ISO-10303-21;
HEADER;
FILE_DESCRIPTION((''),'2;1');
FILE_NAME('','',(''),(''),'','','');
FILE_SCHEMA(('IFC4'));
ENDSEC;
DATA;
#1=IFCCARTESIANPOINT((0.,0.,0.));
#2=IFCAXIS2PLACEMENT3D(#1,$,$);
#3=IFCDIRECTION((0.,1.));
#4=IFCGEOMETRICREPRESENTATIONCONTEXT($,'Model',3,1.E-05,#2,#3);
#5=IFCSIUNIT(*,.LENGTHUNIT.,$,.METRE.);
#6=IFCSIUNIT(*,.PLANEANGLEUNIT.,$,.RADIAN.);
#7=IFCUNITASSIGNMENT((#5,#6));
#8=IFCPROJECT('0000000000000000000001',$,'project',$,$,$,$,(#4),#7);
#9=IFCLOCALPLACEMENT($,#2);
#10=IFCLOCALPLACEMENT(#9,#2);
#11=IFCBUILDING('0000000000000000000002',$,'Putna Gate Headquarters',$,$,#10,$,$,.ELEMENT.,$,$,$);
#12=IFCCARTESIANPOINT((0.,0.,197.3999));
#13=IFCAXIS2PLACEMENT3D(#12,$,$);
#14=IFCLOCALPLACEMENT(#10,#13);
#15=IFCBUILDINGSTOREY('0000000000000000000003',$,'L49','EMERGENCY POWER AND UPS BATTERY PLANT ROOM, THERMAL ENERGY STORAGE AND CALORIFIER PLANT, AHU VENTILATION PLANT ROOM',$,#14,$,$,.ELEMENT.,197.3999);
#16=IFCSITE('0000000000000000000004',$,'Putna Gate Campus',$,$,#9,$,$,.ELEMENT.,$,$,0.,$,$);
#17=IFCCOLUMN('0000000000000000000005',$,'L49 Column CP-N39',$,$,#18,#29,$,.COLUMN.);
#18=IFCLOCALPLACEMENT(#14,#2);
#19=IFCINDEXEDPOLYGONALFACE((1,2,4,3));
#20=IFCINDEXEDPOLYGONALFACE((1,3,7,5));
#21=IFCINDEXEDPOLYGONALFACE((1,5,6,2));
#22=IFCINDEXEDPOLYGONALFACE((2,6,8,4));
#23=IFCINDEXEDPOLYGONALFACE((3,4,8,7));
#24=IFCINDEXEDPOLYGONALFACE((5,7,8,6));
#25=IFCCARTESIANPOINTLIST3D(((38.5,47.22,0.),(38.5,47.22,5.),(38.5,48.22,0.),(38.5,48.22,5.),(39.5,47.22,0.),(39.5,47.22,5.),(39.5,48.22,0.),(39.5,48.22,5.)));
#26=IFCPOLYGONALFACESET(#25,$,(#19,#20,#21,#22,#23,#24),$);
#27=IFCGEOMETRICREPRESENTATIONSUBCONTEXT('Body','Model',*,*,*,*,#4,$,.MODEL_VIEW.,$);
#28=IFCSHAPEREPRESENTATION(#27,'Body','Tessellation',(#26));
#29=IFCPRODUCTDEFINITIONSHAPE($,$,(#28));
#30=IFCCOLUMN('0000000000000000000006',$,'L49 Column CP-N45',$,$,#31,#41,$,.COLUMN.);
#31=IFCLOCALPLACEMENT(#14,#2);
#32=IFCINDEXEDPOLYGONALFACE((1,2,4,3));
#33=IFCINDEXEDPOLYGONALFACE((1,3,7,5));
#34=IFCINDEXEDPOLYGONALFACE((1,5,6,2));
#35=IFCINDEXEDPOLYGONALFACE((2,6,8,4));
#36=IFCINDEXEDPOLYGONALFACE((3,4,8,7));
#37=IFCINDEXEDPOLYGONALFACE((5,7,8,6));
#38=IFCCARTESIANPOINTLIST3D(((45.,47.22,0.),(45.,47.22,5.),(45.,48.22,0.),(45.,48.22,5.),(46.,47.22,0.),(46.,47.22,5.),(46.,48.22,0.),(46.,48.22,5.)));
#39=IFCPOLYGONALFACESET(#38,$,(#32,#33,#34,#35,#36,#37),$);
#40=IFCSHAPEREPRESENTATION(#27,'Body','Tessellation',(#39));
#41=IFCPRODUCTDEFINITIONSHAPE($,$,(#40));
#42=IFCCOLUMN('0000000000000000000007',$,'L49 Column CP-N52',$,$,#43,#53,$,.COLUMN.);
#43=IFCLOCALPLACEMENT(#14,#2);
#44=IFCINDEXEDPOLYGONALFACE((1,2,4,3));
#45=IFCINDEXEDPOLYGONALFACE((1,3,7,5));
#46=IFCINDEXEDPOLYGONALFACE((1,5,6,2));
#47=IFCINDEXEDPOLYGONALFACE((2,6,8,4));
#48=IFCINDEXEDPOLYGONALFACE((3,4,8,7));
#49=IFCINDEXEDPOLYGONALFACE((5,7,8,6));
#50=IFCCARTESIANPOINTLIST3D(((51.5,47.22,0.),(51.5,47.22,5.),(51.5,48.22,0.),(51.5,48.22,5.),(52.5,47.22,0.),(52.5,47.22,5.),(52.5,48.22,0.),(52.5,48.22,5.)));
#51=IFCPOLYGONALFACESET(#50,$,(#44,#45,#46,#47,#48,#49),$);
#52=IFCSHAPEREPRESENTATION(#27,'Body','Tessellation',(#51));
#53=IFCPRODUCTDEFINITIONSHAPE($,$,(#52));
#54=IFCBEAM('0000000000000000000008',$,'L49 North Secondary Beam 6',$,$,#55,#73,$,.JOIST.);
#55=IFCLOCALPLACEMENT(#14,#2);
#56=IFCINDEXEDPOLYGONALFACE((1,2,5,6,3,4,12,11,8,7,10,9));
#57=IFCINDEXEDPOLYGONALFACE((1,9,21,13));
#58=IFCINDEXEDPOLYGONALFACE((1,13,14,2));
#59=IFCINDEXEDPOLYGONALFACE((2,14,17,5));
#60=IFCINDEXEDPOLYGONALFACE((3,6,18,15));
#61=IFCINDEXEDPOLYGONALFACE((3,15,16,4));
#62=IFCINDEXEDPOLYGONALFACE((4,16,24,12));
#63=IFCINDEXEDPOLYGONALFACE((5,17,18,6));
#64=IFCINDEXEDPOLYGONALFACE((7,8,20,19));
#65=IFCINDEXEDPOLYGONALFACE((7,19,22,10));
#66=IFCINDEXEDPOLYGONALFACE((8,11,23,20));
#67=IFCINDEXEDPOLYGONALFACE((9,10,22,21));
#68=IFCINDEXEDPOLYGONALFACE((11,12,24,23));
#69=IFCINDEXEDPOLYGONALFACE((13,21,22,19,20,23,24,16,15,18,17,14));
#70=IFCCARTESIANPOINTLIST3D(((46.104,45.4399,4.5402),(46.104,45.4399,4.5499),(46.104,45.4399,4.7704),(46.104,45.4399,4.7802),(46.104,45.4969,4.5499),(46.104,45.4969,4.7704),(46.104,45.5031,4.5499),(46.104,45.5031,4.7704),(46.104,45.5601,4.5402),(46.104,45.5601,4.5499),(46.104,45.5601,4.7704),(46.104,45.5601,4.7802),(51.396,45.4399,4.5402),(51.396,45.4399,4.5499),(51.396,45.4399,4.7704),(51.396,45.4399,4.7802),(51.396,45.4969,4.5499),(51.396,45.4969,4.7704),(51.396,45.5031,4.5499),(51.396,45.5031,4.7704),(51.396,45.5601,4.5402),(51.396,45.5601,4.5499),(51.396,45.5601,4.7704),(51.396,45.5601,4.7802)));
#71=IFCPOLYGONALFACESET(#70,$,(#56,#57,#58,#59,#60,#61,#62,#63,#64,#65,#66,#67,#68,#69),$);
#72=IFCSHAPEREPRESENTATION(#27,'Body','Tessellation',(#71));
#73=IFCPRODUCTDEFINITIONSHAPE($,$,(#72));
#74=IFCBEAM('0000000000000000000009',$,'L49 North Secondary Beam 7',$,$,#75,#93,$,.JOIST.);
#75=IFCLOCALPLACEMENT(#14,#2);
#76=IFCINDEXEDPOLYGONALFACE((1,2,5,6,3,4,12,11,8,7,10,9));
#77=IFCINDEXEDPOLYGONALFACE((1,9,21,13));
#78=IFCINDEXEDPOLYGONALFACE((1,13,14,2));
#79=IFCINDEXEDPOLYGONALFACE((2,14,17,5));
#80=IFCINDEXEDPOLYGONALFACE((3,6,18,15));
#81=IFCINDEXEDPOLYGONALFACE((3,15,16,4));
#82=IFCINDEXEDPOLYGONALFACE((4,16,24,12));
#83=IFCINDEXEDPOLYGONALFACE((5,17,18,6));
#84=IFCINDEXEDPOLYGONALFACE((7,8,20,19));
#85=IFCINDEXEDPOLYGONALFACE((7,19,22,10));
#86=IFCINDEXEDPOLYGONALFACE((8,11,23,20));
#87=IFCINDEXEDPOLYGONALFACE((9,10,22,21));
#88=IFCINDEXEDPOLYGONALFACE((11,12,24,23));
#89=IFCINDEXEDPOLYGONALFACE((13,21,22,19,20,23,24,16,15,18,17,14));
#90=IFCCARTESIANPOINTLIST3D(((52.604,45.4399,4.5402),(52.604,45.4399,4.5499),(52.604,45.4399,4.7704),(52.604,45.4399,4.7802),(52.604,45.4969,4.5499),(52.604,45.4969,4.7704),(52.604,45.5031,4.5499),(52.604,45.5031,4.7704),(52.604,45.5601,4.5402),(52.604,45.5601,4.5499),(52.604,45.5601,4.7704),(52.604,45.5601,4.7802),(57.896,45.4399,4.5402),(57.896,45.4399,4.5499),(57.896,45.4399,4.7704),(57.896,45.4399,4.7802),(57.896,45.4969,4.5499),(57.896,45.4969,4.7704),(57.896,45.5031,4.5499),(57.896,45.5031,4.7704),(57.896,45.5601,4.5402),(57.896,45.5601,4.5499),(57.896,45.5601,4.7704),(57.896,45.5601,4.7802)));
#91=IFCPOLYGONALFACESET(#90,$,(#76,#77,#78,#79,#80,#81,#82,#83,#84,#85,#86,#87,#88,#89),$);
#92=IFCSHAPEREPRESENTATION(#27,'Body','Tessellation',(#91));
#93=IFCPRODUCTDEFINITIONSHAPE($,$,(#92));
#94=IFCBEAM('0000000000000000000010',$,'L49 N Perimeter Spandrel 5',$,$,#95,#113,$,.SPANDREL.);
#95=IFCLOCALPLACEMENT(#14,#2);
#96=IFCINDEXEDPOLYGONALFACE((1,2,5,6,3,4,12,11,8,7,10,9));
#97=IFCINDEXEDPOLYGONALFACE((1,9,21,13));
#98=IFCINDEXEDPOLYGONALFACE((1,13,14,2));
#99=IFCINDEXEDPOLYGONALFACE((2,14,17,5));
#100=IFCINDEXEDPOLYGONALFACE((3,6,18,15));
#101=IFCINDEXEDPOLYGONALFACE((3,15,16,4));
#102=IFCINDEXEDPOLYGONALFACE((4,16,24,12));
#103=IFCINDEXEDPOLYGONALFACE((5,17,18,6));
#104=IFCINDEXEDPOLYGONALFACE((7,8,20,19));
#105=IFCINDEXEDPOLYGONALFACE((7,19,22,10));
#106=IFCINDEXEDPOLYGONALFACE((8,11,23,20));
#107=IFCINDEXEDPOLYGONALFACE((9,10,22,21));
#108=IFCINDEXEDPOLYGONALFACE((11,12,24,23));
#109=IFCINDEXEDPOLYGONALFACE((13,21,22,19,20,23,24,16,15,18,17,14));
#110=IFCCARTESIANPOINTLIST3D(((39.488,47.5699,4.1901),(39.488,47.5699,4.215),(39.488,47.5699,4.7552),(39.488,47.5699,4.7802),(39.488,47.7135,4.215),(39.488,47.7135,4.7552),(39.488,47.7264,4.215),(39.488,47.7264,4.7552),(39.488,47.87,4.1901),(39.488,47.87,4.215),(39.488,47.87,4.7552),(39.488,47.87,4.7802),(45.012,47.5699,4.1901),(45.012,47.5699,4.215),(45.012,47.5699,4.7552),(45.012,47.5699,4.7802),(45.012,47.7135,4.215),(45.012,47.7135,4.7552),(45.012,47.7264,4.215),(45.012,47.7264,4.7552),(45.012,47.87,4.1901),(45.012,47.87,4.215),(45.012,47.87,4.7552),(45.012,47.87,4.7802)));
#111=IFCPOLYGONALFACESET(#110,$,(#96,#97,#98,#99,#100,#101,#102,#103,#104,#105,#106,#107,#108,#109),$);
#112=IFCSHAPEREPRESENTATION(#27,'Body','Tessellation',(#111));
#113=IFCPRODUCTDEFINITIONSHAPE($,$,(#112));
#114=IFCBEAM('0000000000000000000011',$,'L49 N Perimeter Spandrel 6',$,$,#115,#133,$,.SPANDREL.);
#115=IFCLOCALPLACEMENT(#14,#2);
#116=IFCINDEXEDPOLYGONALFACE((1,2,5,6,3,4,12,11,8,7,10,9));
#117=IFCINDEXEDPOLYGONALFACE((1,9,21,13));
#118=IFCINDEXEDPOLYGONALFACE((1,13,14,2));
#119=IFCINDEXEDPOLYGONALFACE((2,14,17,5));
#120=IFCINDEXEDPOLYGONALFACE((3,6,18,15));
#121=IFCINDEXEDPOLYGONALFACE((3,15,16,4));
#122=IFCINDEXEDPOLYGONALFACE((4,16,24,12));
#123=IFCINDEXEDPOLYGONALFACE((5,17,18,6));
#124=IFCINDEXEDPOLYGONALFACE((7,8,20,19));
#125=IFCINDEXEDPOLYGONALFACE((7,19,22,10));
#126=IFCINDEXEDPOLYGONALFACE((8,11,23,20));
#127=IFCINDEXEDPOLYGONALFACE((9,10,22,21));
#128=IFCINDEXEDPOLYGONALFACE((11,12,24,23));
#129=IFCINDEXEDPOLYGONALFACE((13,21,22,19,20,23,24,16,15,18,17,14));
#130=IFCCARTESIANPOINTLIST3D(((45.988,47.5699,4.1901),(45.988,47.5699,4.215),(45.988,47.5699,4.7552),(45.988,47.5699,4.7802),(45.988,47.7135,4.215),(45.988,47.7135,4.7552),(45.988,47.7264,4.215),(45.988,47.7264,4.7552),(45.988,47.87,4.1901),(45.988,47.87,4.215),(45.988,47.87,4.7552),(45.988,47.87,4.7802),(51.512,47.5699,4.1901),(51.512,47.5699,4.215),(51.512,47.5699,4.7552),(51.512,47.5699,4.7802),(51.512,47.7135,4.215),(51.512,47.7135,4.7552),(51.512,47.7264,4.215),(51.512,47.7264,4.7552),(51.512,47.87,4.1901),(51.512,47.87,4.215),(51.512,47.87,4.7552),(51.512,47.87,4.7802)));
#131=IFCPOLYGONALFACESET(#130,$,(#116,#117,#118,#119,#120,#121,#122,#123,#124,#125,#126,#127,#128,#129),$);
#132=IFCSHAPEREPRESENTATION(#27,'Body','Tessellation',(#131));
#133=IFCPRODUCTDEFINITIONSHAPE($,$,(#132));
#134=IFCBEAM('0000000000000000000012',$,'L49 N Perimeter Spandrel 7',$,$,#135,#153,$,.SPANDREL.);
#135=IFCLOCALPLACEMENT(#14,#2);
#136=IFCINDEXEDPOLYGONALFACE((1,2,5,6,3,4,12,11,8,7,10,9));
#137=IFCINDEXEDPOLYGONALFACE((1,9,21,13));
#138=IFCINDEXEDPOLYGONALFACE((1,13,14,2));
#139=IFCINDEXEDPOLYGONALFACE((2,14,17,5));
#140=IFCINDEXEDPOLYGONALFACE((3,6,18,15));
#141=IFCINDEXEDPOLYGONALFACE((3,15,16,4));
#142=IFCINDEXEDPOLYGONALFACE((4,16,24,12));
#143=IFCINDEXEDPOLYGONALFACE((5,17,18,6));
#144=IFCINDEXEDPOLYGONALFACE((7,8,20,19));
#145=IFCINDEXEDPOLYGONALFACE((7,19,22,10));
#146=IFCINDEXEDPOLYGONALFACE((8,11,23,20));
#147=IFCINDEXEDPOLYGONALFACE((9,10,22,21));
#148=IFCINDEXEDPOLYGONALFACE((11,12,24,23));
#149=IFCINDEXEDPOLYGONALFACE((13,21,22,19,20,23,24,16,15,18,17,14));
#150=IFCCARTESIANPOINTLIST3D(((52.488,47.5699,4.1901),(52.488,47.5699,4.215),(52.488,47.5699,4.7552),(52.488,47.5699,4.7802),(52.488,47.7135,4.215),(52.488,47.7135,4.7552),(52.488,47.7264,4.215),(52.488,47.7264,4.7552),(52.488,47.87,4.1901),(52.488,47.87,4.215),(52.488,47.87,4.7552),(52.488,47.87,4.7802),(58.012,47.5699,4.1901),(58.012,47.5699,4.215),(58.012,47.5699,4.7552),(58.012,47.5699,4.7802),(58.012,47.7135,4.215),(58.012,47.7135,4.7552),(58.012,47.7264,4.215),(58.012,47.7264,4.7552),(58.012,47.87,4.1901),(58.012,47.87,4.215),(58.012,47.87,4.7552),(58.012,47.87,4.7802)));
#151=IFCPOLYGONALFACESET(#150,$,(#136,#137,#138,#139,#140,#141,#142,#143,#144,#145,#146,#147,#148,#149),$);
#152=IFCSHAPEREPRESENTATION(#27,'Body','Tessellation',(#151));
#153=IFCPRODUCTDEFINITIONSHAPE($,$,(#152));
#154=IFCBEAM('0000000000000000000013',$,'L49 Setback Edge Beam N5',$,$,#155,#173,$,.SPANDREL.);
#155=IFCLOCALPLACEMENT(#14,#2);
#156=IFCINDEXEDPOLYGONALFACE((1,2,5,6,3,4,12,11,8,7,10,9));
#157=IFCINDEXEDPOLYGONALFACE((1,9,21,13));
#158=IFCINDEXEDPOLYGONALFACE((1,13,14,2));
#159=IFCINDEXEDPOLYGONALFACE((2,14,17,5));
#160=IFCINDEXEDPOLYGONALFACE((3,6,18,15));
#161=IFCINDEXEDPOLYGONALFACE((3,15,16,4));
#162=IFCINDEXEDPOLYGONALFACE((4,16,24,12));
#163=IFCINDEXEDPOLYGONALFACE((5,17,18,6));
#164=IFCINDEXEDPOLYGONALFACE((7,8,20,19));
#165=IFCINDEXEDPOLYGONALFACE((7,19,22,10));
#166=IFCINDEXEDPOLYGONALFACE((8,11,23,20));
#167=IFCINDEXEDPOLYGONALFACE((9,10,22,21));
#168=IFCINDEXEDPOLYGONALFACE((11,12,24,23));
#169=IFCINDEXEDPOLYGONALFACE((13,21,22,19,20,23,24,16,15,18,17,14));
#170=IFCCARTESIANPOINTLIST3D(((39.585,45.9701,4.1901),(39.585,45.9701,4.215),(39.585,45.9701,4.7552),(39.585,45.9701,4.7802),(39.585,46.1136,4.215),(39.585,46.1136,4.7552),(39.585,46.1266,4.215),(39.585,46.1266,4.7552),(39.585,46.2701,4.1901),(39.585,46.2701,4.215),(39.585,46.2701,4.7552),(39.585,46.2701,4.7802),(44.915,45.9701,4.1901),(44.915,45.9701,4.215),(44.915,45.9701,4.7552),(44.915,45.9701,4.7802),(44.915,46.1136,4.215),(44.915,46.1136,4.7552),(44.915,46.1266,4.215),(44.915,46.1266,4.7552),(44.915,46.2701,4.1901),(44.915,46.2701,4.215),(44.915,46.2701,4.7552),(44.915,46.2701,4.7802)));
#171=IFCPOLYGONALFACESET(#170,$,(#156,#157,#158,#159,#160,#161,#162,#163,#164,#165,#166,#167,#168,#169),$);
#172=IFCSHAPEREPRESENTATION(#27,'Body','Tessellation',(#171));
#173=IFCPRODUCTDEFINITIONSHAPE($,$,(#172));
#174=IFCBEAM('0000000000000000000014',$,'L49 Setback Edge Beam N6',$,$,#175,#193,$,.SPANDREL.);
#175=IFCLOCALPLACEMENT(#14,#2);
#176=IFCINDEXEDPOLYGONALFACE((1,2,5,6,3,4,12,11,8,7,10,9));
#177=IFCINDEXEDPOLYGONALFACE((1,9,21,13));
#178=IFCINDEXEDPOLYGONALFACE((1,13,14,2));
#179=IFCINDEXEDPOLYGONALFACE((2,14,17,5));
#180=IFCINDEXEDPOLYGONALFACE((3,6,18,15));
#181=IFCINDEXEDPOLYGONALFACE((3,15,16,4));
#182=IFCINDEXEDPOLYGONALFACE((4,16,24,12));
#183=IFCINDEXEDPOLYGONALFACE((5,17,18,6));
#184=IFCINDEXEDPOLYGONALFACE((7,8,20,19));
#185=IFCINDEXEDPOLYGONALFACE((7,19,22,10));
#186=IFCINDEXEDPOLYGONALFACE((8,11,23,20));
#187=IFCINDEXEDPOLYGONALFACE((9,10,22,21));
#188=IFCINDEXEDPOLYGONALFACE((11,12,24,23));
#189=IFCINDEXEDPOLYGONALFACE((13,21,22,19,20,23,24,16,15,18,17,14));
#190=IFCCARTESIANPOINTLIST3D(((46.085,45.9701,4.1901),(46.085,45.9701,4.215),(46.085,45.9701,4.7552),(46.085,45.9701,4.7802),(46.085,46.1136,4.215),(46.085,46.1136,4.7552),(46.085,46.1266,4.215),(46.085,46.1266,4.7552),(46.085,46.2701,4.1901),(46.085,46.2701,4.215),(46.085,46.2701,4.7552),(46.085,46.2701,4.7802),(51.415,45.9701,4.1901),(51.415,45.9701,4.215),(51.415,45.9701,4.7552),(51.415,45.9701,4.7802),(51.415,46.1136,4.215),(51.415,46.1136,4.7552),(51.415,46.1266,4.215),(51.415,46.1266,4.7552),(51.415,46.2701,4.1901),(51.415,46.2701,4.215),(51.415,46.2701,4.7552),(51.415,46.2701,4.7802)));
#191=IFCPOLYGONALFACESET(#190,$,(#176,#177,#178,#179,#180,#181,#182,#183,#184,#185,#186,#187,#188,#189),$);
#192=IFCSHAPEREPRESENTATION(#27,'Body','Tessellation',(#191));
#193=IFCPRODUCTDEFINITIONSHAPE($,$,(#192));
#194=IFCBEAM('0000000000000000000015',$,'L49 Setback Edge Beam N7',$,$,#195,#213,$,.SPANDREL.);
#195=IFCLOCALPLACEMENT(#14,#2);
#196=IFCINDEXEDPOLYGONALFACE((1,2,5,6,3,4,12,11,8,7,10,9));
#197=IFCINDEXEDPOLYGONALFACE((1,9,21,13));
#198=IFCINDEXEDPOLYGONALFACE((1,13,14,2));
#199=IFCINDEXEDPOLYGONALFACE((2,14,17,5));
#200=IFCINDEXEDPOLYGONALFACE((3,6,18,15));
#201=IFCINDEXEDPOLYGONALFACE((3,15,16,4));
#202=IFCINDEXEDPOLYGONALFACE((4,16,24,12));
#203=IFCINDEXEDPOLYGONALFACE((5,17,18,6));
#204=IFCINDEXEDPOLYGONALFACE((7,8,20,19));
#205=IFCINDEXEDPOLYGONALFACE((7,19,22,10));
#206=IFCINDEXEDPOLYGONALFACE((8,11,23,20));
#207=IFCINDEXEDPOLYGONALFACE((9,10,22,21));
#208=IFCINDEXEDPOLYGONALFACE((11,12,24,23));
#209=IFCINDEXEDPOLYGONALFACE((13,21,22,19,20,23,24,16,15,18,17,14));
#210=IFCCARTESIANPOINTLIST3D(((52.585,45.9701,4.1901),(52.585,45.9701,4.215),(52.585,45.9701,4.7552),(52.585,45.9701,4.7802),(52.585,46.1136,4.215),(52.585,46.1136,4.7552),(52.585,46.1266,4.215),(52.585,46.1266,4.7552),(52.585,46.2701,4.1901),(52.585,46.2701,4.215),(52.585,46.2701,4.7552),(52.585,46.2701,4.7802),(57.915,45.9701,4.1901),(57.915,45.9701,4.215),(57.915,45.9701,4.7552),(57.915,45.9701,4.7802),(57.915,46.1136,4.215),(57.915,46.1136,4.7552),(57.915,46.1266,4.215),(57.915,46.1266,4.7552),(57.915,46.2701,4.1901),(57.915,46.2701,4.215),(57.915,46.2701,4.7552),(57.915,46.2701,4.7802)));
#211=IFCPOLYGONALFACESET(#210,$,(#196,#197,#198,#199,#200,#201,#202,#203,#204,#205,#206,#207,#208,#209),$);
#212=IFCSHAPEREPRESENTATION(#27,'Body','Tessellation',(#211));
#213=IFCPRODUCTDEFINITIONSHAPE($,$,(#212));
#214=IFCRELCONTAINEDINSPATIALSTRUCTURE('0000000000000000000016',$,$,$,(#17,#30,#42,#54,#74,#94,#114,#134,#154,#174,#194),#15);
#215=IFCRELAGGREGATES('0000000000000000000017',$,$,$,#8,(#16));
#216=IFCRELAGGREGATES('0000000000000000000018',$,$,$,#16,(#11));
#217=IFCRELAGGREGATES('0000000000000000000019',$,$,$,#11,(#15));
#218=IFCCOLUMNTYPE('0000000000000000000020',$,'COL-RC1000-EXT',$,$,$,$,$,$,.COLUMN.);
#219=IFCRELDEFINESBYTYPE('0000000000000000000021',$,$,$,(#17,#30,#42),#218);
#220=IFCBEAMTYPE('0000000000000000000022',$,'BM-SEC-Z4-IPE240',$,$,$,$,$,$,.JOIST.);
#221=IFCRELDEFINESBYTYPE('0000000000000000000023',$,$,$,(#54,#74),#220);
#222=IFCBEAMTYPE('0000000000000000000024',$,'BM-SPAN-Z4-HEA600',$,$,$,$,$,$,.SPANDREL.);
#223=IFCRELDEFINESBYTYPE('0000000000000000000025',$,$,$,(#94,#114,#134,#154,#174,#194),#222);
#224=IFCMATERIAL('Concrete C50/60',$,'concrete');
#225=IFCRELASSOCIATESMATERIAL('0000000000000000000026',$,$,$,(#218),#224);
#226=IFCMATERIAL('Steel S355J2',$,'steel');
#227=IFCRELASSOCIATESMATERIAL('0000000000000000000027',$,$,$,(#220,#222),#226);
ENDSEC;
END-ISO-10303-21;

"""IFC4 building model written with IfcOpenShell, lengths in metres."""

from ifc_helpers import new_model, si_unit, direction, frame, origin, origin_2d, place, context, subcontext, project, spatial, rectangle, i_section, extrude, material, material_profile, profile_set, type_object, element, save


model = new_model("IFC4")

# Units and contexts
model_context = context("Model", 3, precision=1e-05, world=origin(), true_north=direction((0.0, 1.0)))
body_context = subcontext(model_context, "Body", "Model", "MODEL_VIEW")
ifc_project = project(units=[si_unit("LENGTHUNIT", "METRE"), si_unit("PLANEANGLEUNIT", "RADIAN")], contexts=[model_context])

# Site, building, storey
site_placement = place(None, origin())
site = spatial("IfcSite", under=ifc_project, at=site_placement, Name="Putna Gate Campus", CompositionType="ELEMENT", RefElevation=0.0)
building_placement = place(site_placement, origin())
building = spatial("IfcBuilding", under=site, at=building_placement, Name="Putna Gate Headquarters", CompositionType="ELEMENT")
storey_placement = place(building_placement, frame((0.0, 0.0, 197.3999)))
storey = spatial("IfcBuildingStorey", under=building, at=storey_placement, Name="L49", Description="EMERGENCY POWER AND UPS BATTERY PLANT ROOM, THERMAL ENERGY STORAGE AND CALORIFIER PLANT, AHU VENTILATION PLANT ROOM", CompositionType="ELEMENT", Elevation=197.3999)

# Columns
ifc_material_1 = material(Name="Concrete C50/60", Category="concrete")
ifc_material_profile_1 = material_profile(ifc_material_1, rectangle(XDim=1.0, YDim=1.0, at=origin_2d()), Name="Concrete C50/60")
ifc_profile_set_1 = profile_set([ifc_material_profile_1], Name="Concrete C50/60")
column_type = type_object("IfcColumnType", Name="COL-RC1000-EXT", PredefinedType="COLUMN", material=ifc_profile_set_1)
for number, where, z_axis, x_axis, name in (
    (1, (39.0, 47.72, 0.0), (0.0, 0.0, 1.0), (1.0, 0.0, 0.0), "L49 Column CP-N39"),
    (2, (45.5, 47.72, 0.0), (0.0, 0.0, 1.0), (1.0, 0.0, 0.0), "L49 Column CP-N45"),
    (3, (52.0, 47.72, 0.0), (0.0, 0.0, 1.0), (1.0, 0.0, 0.0), "L49 Column CP-N52"),
):
    element("IfcColumn", number, at=place(storey_placement, frame(where, z_axis=z_axis, x_axis=x_axis)), inside=storey, type_object=column_type, Name=name, PredefinedType="COLUMN", context=body_context, shape_type="SweptSolid", body=[
        extrude(rectangle(XDim=1.0, YDim=1.0, at=origin_2d()), origin(), (0.0, 0.0, 1.0), 5.0),
    ])

# Beams
ifc_material_2 = material(Name="Steel S355J2", Category="steel")
ifc_material_profile_2 = material_profile(ifc_material_2, i_section(OverallWidth=0.1201, OverallDepth=0.24, WebThickness=0.0061, FlangeThickness=0.0098, at=origin_2d()), Name="Steel S355J2")
ifc_profile_set_2 = profile_set([ifc_material_profile_2], Name="Steel S355J2")
beam_type_1 = type_object("IfcBeamType", Name="BM-SEC-Z4-IPE240", PredefinedType="JOIST", material=ifc_profile_set_2)
for number, where, z_axis, x_axis, name in (
    (4, (46.104, 45.5, 4.6602), (1.0, 0.0, 0.0), (0.0, 1.0, 0.0), "L49 North Secondary Beam 6"),
    (5, (52.604, 45.5, 4.6602), (1.0, 0.0, 0.0), (0.0, 1.0, 0.0), "L49 North Secondary Beam 7"),
):
    element("IfcBeam", number, at=place(storey_placement, frame(where, z_axis=z_axis, x_axis=x_axis)), inside=storey, type_object=beam_type_1, Name=name, PredefinedType="JOIST", context=body_context, shape_type="SweptSolid", body=[
        extrude(i_section(OverallWidth=0.1201, OverallDepth=0.24, WebThickness=0.0061, FlangeThickness=0.0098, at=origin_2d()), origin(), (0.0, 0.0, 1.0), 5.292),
    ])
ifc_material_profile_3 = material_profile(ifc_material_2, i_section(OverallWidth=0.3, OverallDepth=0.5901, WebThickness=0.0129, FlangeThickness=0.0249, at=origin_2d()), Name="Steel S355J2")
ifc_profile_set_3 = profile_set([ifc_material_profile_3], Name="Steel S355J2")
beam_type_2 = type_object("IfcBeamType", Name="BM-SPAN-Z4-HEA600", PredefinedType="SPANDREL", material=ifc_profile_set_3)
for number, where, z_axis, x_axis, name in (
    (6, (39.488, 47.72, 4.4851), (1.0, 0.0, 0.0), (0.0, 1.0, 0.0), "L49 N Perimeter Spandrel 5"),
    (7, (45.988, 47.72, 4.4851), (1.0, 0.0, 0.0), (0.0, 1.0, 0.0), "L49 N Perimeter Spandrel 6"),
    (8, (52.488, 47.72, 4.4851), (1.0, 0.0, 0.0), (0.0, 1.0, 0.0), "L49 N Perimeter Spandrel 7"),
):
    element("IfcBeam", number, at=place(storey_placement, frame(where, z_axis=z_axis, x_axis=x_axis)), inside=storey, type_object=beam_type_2, Name=name, PredefinedType="SPANDREL", context=body_context, shape_type="SweptSolid", body=[
        extrude(i_section(OverallWidth=0.3, OverallDepth=0.5901, WebThickness=0.0129, FlangeThickness=0.0249, at=origin_2d()), origin(), (0.0, 0.0, 1.0), 5.5239),
    ])
for number, where, z_axis, x_axis, name in (
    (9, (39.585, 46.1201, 4.4851), (1.0, 0.0, 0.0), (0.0, 1.0, 0.0), "L49 Setback Edge Beam N5"),
    (10, (46.085, 46.1201, 4.4851), (1.0, 0.0, 0.0), (0.0, 1.0, 0.0), "L49 Setback Edge Beam N6"),
    (11, (52.585, 46.1201, 4.4851), (1.0, 0.0, 0.0), (0.0, 1.0, 0.0), "L49 Setback Edge Beam N7"),
):
    element("IfcBeam", number, at=place(storey_placement, frame(where, z_axis=z_axis, x_axis=x_axis)), inside=storey, type_object=beam_type_2, Name=name, PredefinedType="SPANDREL", context=body_context, shape_type="SweptSolid", body=[
        extrude(i_section(OverallWidth=0.3, OverallDepth=0.5901, WebThickness=0.0129, FlangeThickness=0.0249, at=origin_2d()), origin(), (0.0, 0.0, 1.0), 5.3301),
    ])

save(model, "model.ifc")
